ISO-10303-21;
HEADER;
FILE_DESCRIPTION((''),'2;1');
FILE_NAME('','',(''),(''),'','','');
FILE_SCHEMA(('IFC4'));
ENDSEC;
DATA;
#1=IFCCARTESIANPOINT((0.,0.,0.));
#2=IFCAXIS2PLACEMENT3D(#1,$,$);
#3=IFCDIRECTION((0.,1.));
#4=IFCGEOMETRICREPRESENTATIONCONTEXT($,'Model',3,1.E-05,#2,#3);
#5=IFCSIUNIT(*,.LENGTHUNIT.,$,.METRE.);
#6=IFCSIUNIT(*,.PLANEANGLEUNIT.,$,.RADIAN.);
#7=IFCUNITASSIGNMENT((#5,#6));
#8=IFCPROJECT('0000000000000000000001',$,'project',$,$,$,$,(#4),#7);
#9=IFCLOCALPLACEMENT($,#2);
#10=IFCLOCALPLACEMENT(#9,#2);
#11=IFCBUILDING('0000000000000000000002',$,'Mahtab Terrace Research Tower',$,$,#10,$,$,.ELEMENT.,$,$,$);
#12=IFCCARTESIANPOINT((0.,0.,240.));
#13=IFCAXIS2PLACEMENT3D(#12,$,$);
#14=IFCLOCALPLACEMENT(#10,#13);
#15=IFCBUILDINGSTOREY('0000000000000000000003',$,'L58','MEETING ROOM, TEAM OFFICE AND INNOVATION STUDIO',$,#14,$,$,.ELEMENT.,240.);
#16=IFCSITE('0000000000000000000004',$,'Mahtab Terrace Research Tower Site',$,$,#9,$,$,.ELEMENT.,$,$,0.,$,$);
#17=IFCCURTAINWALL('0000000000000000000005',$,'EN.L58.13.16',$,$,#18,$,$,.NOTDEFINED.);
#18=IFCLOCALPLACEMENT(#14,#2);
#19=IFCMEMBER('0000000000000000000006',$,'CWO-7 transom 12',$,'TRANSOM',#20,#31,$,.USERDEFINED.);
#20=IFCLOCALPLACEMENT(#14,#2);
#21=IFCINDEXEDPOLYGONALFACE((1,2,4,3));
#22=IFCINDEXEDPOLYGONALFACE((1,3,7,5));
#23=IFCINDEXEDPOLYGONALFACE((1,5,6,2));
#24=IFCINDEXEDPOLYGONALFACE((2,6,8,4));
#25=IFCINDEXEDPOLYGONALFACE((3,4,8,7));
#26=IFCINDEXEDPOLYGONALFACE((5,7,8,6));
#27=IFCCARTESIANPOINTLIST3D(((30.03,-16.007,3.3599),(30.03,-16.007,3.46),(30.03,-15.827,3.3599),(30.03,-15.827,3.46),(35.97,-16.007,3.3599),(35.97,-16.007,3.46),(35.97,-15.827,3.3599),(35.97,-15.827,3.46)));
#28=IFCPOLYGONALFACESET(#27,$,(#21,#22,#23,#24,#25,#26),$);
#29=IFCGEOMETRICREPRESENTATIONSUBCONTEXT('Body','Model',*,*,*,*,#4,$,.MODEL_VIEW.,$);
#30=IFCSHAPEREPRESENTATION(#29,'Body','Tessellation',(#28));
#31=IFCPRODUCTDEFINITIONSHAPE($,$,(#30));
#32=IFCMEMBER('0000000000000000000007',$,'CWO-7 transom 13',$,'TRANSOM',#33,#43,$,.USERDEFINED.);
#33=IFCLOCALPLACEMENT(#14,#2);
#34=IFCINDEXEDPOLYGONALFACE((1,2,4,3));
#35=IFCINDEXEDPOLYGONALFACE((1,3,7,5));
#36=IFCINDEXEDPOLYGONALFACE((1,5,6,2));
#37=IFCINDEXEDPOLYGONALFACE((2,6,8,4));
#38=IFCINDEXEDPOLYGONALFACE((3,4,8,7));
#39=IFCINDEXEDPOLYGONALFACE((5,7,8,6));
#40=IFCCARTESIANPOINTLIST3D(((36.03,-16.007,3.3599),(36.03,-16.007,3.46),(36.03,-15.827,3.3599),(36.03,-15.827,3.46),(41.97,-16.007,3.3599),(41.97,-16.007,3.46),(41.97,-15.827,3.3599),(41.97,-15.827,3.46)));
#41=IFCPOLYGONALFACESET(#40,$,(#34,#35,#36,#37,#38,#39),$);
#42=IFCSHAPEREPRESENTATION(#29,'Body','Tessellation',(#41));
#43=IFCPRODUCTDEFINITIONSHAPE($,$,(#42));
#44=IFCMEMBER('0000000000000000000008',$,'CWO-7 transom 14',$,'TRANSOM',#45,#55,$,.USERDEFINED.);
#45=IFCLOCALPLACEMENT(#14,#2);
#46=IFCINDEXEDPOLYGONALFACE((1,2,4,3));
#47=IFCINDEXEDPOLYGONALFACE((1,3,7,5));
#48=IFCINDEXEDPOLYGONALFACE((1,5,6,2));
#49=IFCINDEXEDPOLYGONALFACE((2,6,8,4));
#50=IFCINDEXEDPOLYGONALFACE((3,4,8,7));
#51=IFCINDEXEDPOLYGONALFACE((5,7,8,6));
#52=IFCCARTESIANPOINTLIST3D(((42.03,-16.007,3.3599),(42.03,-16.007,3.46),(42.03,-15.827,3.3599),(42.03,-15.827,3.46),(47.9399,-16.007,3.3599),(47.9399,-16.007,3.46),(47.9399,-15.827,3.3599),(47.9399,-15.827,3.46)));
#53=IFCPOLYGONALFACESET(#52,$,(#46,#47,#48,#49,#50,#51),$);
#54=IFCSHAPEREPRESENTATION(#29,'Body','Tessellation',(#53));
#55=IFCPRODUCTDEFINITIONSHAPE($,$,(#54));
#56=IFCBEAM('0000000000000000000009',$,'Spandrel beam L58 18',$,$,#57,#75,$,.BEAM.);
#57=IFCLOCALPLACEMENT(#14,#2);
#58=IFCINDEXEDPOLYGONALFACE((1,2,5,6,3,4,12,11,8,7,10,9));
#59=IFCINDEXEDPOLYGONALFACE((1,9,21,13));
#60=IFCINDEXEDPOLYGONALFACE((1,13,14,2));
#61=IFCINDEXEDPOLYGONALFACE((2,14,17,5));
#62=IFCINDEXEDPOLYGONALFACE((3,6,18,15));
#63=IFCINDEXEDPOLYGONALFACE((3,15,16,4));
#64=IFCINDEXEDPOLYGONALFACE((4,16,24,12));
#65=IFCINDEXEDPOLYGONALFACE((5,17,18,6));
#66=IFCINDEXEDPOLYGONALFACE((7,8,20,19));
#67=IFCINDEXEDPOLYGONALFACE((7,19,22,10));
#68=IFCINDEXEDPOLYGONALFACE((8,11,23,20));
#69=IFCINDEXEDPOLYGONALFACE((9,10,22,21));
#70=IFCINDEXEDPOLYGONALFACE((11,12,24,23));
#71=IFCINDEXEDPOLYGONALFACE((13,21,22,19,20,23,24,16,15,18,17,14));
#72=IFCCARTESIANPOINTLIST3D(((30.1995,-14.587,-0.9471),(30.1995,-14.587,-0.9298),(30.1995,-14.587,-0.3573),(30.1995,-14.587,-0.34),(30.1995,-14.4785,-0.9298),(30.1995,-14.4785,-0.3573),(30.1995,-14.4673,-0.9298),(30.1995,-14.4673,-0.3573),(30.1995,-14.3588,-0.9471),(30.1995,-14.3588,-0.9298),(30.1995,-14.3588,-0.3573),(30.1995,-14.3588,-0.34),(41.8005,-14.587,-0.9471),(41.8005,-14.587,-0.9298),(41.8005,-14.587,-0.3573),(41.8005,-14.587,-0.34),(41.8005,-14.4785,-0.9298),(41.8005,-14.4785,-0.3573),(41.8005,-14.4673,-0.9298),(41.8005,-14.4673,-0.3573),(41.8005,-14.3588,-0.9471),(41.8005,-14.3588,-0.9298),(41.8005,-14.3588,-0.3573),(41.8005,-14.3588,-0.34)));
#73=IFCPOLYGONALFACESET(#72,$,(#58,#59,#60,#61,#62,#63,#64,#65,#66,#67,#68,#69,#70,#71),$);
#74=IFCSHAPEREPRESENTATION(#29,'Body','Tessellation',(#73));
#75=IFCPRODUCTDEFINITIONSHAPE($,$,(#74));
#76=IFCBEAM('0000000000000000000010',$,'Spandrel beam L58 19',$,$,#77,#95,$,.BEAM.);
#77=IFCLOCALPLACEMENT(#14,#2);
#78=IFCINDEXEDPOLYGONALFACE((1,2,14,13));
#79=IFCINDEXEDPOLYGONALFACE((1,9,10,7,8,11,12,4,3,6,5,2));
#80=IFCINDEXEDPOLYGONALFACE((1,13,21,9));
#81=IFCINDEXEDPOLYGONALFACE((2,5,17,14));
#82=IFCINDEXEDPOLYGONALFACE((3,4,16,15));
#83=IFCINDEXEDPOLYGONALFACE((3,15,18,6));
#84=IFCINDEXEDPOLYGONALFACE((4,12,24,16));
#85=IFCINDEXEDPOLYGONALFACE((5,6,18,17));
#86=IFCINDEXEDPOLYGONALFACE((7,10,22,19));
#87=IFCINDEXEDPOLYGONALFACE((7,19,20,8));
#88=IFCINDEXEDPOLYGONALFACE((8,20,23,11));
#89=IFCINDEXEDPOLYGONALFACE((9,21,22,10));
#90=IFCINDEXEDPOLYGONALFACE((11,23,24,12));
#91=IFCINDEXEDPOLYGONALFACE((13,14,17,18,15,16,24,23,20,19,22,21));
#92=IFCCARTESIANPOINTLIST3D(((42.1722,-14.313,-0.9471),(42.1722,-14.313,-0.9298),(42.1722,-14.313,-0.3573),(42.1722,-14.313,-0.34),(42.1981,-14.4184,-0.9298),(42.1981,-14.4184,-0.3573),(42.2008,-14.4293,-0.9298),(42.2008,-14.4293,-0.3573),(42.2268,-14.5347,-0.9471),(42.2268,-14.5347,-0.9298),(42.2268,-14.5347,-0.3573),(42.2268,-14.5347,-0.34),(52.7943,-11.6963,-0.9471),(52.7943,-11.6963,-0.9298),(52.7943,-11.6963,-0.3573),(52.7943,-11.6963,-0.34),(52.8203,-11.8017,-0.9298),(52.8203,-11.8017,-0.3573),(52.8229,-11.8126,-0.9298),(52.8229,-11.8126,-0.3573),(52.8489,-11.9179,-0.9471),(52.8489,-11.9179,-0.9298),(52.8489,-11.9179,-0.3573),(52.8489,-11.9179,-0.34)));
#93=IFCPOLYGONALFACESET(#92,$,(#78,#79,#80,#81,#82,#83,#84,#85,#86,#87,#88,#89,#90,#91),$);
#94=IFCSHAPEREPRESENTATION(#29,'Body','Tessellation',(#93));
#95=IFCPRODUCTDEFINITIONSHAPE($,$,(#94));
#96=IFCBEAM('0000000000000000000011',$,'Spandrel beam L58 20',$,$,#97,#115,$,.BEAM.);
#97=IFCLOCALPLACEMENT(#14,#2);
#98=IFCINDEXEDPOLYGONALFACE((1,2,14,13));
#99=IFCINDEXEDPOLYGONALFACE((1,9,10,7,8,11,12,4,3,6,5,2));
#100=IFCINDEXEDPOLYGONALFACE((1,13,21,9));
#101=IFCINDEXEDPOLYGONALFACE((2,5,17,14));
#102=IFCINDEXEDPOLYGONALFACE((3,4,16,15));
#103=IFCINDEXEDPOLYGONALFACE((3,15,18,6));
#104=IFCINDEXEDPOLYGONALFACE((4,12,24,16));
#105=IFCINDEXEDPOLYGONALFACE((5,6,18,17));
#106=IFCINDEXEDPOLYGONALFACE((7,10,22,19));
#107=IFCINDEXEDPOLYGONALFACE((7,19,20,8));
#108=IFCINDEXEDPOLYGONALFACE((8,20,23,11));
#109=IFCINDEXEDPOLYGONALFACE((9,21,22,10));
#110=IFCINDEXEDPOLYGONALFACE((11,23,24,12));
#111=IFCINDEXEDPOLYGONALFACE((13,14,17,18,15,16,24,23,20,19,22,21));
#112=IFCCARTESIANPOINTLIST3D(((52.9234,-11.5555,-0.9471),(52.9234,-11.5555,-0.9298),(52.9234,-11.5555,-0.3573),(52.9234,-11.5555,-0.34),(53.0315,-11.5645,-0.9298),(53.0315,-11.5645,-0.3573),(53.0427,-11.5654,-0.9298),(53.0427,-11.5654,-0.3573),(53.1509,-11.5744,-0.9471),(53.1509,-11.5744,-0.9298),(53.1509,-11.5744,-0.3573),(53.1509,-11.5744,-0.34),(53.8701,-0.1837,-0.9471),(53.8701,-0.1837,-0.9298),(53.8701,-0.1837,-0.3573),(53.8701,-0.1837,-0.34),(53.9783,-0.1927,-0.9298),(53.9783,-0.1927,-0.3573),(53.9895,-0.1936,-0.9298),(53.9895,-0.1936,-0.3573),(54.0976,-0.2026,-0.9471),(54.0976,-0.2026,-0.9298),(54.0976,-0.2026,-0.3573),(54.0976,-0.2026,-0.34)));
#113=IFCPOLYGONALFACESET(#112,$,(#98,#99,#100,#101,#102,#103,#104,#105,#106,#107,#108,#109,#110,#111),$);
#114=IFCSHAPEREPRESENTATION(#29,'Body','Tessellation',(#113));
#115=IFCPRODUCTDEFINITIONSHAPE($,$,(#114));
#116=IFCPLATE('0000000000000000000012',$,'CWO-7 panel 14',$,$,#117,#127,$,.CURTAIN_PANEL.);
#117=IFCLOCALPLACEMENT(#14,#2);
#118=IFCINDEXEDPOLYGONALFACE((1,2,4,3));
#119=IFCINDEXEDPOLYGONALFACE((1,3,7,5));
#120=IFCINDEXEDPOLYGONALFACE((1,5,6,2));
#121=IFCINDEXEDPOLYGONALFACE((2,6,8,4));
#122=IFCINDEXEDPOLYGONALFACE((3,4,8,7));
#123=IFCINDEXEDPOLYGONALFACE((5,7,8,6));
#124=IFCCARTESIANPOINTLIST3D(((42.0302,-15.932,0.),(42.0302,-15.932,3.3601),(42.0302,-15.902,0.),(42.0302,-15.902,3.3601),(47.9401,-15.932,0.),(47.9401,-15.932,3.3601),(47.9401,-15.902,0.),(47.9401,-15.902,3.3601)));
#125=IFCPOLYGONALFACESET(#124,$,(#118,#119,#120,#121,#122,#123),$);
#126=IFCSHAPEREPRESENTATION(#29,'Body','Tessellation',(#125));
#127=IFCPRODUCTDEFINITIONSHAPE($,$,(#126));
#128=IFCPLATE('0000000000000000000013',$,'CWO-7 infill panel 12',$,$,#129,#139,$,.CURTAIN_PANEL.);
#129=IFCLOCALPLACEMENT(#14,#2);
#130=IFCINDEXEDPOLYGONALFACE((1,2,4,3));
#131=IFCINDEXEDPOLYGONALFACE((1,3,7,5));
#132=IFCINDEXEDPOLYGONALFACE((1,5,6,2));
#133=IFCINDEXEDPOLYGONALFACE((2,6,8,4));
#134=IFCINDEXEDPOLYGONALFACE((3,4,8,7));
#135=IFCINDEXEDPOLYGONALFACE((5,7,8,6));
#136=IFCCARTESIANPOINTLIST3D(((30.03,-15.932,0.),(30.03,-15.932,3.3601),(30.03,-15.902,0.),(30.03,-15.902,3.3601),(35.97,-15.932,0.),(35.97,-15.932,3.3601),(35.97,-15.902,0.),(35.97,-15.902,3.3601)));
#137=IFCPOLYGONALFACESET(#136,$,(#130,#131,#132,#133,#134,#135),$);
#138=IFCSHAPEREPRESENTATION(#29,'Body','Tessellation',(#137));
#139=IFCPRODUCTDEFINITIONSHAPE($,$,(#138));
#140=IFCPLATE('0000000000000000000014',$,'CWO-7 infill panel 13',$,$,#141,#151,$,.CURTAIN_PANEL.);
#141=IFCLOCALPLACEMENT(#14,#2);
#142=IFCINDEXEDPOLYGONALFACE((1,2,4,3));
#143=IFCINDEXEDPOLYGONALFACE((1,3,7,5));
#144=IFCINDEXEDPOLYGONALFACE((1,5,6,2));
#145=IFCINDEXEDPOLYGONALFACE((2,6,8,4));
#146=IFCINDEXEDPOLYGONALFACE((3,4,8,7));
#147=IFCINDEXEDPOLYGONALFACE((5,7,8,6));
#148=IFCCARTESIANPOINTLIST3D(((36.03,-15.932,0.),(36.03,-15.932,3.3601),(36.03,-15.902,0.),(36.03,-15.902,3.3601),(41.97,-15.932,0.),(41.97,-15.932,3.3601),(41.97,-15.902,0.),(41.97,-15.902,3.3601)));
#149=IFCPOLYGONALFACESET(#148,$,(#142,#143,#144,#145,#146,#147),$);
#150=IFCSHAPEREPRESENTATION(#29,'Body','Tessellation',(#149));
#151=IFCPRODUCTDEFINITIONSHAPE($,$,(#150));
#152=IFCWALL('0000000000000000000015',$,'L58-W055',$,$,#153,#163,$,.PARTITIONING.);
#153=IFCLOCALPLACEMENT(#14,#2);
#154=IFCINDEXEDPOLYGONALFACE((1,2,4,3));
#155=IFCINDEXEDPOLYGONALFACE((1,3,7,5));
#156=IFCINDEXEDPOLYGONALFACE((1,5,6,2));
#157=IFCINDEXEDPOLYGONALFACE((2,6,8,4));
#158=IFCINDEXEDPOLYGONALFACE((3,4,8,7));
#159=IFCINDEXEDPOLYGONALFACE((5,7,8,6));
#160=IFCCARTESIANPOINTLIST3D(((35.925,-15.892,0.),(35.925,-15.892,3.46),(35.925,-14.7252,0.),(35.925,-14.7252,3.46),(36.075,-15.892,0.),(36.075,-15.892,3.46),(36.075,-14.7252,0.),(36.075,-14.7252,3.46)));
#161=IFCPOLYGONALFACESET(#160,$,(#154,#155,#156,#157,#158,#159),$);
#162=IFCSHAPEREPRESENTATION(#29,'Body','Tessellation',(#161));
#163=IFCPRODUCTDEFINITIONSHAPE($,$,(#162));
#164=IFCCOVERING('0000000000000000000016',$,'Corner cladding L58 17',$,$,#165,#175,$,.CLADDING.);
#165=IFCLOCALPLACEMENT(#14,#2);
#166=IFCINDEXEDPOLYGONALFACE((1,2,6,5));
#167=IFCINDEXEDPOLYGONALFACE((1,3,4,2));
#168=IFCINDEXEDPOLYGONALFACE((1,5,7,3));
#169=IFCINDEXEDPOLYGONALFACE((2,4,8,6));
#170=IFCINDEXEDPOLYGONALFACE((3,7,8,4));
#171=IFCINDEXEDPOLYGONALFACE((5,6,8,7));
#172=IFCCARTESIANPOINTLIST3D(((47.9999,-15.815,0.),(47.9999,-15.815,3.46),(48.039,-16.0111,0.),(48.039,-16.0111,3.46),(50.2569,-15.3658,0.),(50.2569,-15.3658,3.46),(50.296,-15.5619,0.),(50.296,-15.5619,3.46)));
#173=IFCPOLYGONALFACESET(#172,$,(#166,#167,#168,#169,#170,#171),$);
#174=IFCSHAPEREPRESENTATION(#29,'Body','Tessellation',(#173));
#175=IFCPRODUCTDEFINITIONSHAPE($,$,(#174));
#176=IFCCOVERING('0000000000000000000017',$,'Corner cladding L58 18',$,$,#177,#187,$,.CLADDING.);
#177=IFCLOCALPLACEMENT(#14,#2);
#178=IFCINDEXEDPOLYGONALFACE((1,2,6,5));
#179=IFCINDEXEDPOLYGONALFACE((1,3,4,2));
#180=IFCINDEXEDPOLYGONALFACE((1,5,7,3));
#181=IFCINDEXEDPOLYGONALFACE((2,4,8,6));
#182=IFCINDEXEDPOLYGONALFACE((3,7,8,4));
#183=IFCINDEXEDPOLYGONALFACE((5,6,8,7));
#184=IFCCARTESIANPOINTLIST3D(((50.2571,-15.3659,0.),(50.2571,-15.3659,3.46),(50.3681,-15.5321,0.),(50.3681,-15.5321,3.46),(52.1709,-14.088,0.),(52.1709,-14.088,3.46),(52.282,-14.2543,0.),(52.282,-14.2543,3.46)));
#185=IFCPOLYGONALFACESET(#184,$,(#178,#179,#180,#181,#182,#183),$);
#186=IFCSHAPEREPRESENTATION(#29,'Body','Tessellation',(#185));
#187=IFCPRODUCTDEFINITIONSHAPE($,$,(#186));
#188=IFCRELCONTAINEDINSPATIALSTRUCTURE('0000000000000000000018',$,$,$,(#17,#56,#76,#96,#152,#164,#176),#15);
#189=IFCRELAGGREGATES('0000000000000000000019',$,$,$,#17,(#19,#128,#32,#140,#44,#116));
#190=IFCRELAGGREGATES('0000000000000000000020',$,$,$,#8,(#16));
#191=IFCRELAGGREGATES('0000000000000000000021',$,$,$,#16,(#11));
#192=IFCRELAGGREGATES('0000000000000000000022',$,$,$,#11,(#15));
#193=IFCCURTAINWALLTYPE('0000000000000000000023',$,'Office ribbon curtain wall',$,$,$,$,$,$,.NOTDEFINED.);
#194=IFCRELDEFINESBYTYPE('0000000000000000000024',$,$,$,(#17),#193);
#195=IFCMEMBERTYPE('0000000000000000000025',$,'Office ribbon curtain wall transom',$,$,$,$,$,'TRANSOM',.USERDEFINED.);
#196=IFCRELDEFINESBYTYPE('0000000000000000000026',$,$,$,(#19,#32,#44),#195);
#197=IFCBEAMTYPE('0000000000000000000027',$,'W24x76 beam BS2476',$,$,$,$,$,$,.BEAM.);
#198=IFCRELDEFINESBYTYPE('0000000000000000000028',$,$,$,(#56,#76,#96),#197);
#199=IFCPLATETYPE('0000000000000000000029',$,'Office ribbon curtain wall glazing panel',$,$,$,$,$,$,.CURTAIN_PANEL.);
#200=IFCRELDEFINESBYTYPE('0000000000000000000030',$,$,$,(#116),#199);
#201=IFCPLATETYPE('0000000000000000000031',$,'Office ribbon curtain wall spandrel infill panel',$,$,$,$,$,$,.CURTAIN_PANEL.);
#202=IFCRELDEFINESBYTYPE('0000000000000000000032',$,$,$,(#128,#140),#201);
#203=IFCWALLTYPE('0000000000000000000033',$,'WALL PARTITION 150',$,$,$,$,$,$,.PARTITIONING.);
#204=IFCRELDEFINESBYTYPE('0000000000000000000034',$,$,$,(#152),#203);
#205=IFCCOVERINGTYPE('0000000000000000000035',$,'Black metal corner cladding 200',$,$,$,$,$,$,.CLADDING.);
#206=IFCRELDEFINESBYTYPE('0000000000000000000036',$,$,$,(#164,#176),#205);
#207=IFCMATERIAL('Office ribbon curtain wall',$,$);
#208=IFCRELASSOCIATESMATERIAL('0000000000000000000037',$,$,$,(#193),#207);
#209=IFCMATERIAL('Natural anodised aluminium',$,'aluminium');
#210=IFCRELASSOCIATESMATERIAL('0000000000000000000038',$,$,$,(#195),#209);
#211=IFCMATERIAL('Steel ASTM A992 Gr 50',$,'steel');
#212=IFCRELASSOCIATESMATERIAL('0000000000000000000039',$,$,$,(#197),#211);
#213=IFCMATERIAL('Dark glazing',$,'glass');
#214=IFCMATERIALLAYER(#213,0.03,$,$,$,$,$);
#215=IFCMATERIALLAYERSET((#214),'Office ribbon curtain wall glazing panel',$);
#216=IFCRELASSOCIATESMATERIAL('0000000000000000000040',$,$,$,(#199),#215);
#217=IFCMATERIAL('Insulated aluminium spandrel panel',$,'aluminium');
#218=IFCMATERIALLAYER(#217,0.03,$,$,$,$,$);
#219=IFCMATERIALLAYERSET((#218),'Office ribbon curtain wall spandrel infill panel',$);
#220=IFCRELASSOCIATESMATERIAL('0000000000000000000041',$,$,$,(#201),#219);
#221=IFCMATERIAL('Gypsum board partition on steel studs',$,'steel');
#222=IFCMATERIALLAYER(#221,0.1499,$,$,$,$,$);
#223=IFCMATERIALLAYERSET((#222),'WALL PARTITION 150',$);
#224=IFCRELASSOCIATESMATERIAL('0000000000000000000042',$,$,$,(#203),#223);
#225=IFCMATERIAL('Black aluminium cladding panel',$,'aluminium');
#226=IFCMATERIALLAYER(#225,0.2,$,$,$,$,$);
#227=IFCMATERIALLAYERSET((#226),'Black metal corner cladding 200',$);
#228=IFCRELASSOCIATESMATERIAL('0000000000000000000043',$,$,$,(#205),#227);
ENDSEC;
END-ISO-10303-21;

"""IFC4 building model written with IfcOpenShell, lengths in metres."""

from ifc_helpers import new_model, si_unit, direction, frame, frame_2d, origin, origin_2d, place, context, subcontext, project, spatial, rectangle, i_section, extrude, material, layer, layer_set, material_profile, profile_set, type_object, element, aggregate, save


model = new_model("IFC4")

# Units and contexts
model_context = context("Model", 3, precision=1e-05, world=origin(), true_north=direction((0.0, 1.0)))
body_context = subcontext(model_context, "Body", "Model", "MODEL_VIEW")
ifc_project = project(units=[si_unit("LENGTHUNIT", "METRE"), si_unit("PLANEANGLEUNIT", "RADIAN")], contexts=[model_context])

# Site, building, storey
site_placement = place(None, origin())
site = spatial("IfcSite", under=ifc_project, at=site_placement, Name="Mahtab Terrace Research Tower Site", CompositionType="ELEMENT", RefElevation=0.0)
building_placement = place(site_placement, origin())
building = spatial("IfcBuilding", under=site, at=building_placement, Name="Mahtab Terrace Research Tower", CompositionType="ELEMENT")
storey_placement = place(building_placement, frame((0.0, 0.0, 240.0)))
storey = spatial("IfcBuildingStorey", under=building, at=storey_placement, Name="L58", Description="MEETING ROOM, TEAM OFFICE AND INNOVATION STUDIO", CompositionType="ELEMENT", Elevation=240.0)

# Shared definitions
ifc_material_1 = material(Name="Steel ASTM A992 Gr 50", Category="steel")

# Curtain wall, members
ifc_material_2 = material(Name="Office ribbon curtain wall")
curtain_wall_type = type_object("IfcCurtainWallType", Name="Office ribbon curtain wall", PredefinedType="NOTDEFINED", material=ifc_material_2)
curtain_wall_placement = place(storey_placement, origin())
curtain_wall = element("IfcCurtainWall", 1, at=curtain_wall_placement, inside=storey, type_object=curtain_wall_type, Name="EN.L58.13.16", PredefinedType="NOTDEFINED")
ifc_material_3 = material(Name="Natural anodised aluminium", Category="aluminium")
ifc_material_profile_1 = material_profile(ifc_material_3, rectangle(XDim=0.1799, YDim=0.1001, at=origin_2d()), Name="TRANSOM 100x180")
ifc_profile_set_1 = profile_set([ifc_material_profile_1], Name="Natural anodised aluminium")
member_type_1 = type_object("IfcMemberType", Name="Office ribbon curtain wall transom", ElementType="TRANSOM", PredefinedType="USERDEFINED", material=ifc_profile_set_1)
member_1_placement = place(storey_placement, frame((30.03, -15.917, 3.4099), z_axis=(1.0, 0.0, 0.0), x_axis=(0.0, 1.0, 0.0)))
member_1 = element("IfcMember", 2, at=member_1_placement, type_object=member_type_1, Name="CWO-7 transom 12", ObjectType="TRANSOM", PredefinedType="USERDEFINED", context=body_context, shape_type="SweptSolid", body=[
    extrude(rectangle(XDim=0.1799, YDim=0.1001, at=origin_2d()), origin(), (0.0, 0.0, 1.0), 5.9399),
])
member_2_placement = place(storey_placement, frame((36.03, -15.917, 3.4099), z_axis=(1.0, 0.0, 0.0), x_axis=(0.0, 1.0, 0.0)))
member_2 = element("IfcMember", 3, at=member_2_placement, type_object=member_type_1, Name="CWO-7 transom 13", ObjectType="TRANSOM", PredefinedType="USERDEFINED", context=body_context, shape_type="SweptSolid", body=[
    extrude(rectangle(XDim=0.1799, YDim=0.1001, at=origin_2d()), origin(), (0.0, 0.0, 1.0), 5.9399),
])
member_3_placement = place(storey_placement, frame((42.03, -15.917, 3.4099), z_axis=(1.0, 0.0, 0.0), x_axis=(0.0, 1.0, 0.0)))
member_3 = element("IfcMember", 4, at=member_3_placement, type_object=member_type_1, Name="CWO-7 transom 14", ObjectType="TRANSOM", PredefinedType="USERDEFINED", context=body_context, shape_type="SweptSolid", body=[
    extrude(rectangle(XDim=0.1799, YDim=0.1001, at=origin_2d()), origin(), (0.0, 0.0, 1.0), 5.9099),
])

# Beams
ifc_material_profile_2 = material_profile(ifc_material_1, i_section(OverallWidth=0.2283, OverallDepth=0.6072, WebThickness=0.0112, FlangeThickness=0.0173, at=origin_2d()), Name="W24X76")
ifc_profile_set_2 = profile_set([ifc_material_profile_2], Name="Steel ASTM A992 Gr 50")
beam_type = type_object("IfcBeamType", Name="W24x76 beam BS2476", PredefinedType="BEAM", material=ifc_profile_set_2)
beam_1_placement = place(storey_placement, frame((30.1995, -14.4729, -0.6436), z_axis=(1.0, 0.0, 0.0), x_axis=(0.0, 1.0, 0.0)))
element("IfcBeam", 5, at=beam_1_placement, inside=storey, type_object=beam_type, Name="Spandrel beam L58 18", PredefinedType="BEAM", context=body_context, shape_type="SweptSolid", body=[
    extrude(i_section(OverallWidth=0.2283, OverallDepth=0.6072, WebThickness=0.0112, FlangeThickness=0.0173, at=origin_2d()), origin(), (0.0, 0.0, 1.0), 11.6011),
])
beam_2_placement = place(storey_placement, frame((42.1995, -14.4238, -0.6436), z_axis=(0.970972, 0.239195, 0.0), x_axis=(-0.239195, 0.970972, 0.0)))
element("IfcBeam", 6, at=beam_2_placement, inside=storey, type_object=beam_type, Name="Spandrel beam L58 19", PredefinedType="BEAM", context=body_context, shape_type="SweptSolid", body=[
    extrude(i_section(OverallWidth=0.2283, OverallDepth=0.6072, WebThickness=0.0112, FlangeThickness=0.0173, at=origin_2d()), origin(), (0.0, 0.0, 1.0), 10.9397),
])
beam_3_placement = place(storey_placement, frame((53.0371, -11.5649, -0.6436), z_axis=(0.082969, 0.996552, 0.0), x_axis=(-0.996552, 0.082969, 0.0)))
element("IfcBeam", 7, at=beam_3_placement, inside=storey, type_object=beam_type, Name="Spandrel beam L58 20", PredefinedType="BEAM", context=body_context, shape_type="SweptSolid", body=[
    extrude(i_section(OverallWidth=0.2283, OverallDepth=0.6072, WebThickness=0.0112, FlangeThickness=0.0173, at=origin_2d()), origin(), (0.0, 0.0, 1.0), 11.4111),
])

# Plates
ifc_material_4 = material(Name="Dark glazing", Category="glass")
ifc_layer_1 = layer(ifc_material_4, 0.03)
ifc_layer_set_1 = layer_set([ifc_layer_1], Name="Office ribbon curtain wall glazing panel")
plate_type_1 = type_object("IfcPlateType", Name="Office ribbon curtain wall glazing panel", PredefinedType="CURTAIN_PANEL", material=ifc_layer_set_1)
plate_1_placement = place(storey_placement, frame((44.9851, -15.917, 0.0), z_axis=(0.0, 0.0, 1.0), x_axis=(1.0, 0.0, 0.0)))
plate_1 = element("IfcPlate", 8, at=plate_1_placement, type_object=plate_type_1, Name="CWO-7 panel 14", PredefinedType="CURTAIN_PANEL", context=body_context, shape_type="SweptSolid", body=[
    extrude(rectangle(XDim=5.9099, YDim=0.03, at=origin_2d()), origin(), (0.0, 0.0, 1.0), 3.3601),
])
ifc_material_5 = material(Name="Insulated aluminium spandrel panel", Category="aluminium")
ifc_layer_2 = layer(ifc_material_5, 0.03)
ifc_layer_set_2 = layer_set([ifc_layer_2], Name="Office ribbon curtain wall spandrel infill panel")
plate_type_2 = type_object("IfcPlateType", Name="Office ribbon curtain wall spandrel infill panel", PredefinedType="CURTAIN_PANEL", material=ifc_layer_set_2)
plate_2_placement = place(storey_placement, frame((33.0, -15.917, 0.0), z_axis=(0.0, 0.0, 1.0), x_axis=(1.0, 0.0, 0.0)))
plate_2 = element("IfcPlate", 9, at=plate_2_placement, type_object=plate_type_2, Name="CWO-7 infill panel 12", PredefinedType="CURTAIN_PANEL", context=body_context, shape_type="SweptSolid", body=[
    extrude(rectangle(XDim=5.9399, YDim=0.03, at=origin_2d()), origin(), (0.0, 0.0, 1.0), 3.3601),
])
plate_3_placement = place(storey_placement, frame((39.0, -15.917, 0.0), z_axis=(0.0, 0.0, 1.0), x_axis=(1.0, 0.0, 0.0)))
plate_3 = element("IfcPlate", 10, at=plate_3_placement, type_object=plate_type_2, Name="CWO-7 infill panel 13", PredefinedType="CURTAIN_PANEL", context=body_context, shape_type="SweptSolid", body=[
    extrude(rectangle(XDim=5.9399, YDim=0.03, at=origin_2d()), origin(), (0.0, 0.0, 1.0), 3.3601),
])
aggregate(curtain_wall, [member_1, plate_2, member_2, plate_3, member_3, plate_1])

# Wall
ifc_material_6 = material(Name="Gypsum board partition on steel studs", Category="steel")
ifc_layer_3 = layer(ifc_material_6, 0.1499)
ifc_layer_set_3 = layer_set([ifc_layer_3], Name="WALL PARTITION 150")
wall_type = type_object("IfcWallType", Name="WALL PARTITION 150", PredefinedType="PARTITIONING", material=ifc_layer_set_3)
wall_placement = place(storey_placement, frame((36.0, -15.8921, 0.0), z_axis=(0.0, 0.0, 1.0), x_axis=(0.0, 1.0, 0.0)))
element("IfcWall", 11, at=wall_placement, inside=storey, type_object=wall_type, Name="L58-W055", PredefinedType="PARTITIONING", context=body_context, shape_type="SweptSolid", body=[
    extrude(rectangle(XDim=1.1667, YDim=0.1499, at=frame_2d((0.5835, 0.0))), origin(), (0.0, 0.0, 1.0), 3.46),
])

# Coverings
ifc_material_7 = material(Name="Black aluminium cladding panel", Category="aluminium")
ifc_layer_4 = layer(ifc_material_7, 0.2)
ifc_layer_set_4 = layer_set([ifc_layer_4], Name="Black metal corner cladding 200")
covering_type = type_object("IfcCoveringType", Name="Black metal corner cladding 200", PredefinedType="CLADDING", material=ifc_layer_set_4)
for number, where, z_axis, x_axis, name in (
    (12, (49.1479, -15.6885, 0.0), (0.0, 0.0, 1.0), (0.980761, 0.195212, 0.0), "Corner cladding L58 17"),
    (13, (51.2695, -14.8101, 0.0), (0.0, 0.0, 1.0), (0.831656, 0.555291, 0.0), "Corner cladding L58 18"),
):
    element("IfcCovering", number, at=place(storey_placement, frame(where, z_axis=z_axis, x_axis=x_axis)), inside=storey, type_object=covering_type, Name=name, PredefinedType="CLADDING", context=body_context, shape_type="SweptSolid", body=[
        extrude(rectangle(XDim=2.3013, YDim=0.2, at=origin_2d()), origin(), (0.0, 0.0, 1.0), 3.46),
    ])

save(model, "model.ifc")
